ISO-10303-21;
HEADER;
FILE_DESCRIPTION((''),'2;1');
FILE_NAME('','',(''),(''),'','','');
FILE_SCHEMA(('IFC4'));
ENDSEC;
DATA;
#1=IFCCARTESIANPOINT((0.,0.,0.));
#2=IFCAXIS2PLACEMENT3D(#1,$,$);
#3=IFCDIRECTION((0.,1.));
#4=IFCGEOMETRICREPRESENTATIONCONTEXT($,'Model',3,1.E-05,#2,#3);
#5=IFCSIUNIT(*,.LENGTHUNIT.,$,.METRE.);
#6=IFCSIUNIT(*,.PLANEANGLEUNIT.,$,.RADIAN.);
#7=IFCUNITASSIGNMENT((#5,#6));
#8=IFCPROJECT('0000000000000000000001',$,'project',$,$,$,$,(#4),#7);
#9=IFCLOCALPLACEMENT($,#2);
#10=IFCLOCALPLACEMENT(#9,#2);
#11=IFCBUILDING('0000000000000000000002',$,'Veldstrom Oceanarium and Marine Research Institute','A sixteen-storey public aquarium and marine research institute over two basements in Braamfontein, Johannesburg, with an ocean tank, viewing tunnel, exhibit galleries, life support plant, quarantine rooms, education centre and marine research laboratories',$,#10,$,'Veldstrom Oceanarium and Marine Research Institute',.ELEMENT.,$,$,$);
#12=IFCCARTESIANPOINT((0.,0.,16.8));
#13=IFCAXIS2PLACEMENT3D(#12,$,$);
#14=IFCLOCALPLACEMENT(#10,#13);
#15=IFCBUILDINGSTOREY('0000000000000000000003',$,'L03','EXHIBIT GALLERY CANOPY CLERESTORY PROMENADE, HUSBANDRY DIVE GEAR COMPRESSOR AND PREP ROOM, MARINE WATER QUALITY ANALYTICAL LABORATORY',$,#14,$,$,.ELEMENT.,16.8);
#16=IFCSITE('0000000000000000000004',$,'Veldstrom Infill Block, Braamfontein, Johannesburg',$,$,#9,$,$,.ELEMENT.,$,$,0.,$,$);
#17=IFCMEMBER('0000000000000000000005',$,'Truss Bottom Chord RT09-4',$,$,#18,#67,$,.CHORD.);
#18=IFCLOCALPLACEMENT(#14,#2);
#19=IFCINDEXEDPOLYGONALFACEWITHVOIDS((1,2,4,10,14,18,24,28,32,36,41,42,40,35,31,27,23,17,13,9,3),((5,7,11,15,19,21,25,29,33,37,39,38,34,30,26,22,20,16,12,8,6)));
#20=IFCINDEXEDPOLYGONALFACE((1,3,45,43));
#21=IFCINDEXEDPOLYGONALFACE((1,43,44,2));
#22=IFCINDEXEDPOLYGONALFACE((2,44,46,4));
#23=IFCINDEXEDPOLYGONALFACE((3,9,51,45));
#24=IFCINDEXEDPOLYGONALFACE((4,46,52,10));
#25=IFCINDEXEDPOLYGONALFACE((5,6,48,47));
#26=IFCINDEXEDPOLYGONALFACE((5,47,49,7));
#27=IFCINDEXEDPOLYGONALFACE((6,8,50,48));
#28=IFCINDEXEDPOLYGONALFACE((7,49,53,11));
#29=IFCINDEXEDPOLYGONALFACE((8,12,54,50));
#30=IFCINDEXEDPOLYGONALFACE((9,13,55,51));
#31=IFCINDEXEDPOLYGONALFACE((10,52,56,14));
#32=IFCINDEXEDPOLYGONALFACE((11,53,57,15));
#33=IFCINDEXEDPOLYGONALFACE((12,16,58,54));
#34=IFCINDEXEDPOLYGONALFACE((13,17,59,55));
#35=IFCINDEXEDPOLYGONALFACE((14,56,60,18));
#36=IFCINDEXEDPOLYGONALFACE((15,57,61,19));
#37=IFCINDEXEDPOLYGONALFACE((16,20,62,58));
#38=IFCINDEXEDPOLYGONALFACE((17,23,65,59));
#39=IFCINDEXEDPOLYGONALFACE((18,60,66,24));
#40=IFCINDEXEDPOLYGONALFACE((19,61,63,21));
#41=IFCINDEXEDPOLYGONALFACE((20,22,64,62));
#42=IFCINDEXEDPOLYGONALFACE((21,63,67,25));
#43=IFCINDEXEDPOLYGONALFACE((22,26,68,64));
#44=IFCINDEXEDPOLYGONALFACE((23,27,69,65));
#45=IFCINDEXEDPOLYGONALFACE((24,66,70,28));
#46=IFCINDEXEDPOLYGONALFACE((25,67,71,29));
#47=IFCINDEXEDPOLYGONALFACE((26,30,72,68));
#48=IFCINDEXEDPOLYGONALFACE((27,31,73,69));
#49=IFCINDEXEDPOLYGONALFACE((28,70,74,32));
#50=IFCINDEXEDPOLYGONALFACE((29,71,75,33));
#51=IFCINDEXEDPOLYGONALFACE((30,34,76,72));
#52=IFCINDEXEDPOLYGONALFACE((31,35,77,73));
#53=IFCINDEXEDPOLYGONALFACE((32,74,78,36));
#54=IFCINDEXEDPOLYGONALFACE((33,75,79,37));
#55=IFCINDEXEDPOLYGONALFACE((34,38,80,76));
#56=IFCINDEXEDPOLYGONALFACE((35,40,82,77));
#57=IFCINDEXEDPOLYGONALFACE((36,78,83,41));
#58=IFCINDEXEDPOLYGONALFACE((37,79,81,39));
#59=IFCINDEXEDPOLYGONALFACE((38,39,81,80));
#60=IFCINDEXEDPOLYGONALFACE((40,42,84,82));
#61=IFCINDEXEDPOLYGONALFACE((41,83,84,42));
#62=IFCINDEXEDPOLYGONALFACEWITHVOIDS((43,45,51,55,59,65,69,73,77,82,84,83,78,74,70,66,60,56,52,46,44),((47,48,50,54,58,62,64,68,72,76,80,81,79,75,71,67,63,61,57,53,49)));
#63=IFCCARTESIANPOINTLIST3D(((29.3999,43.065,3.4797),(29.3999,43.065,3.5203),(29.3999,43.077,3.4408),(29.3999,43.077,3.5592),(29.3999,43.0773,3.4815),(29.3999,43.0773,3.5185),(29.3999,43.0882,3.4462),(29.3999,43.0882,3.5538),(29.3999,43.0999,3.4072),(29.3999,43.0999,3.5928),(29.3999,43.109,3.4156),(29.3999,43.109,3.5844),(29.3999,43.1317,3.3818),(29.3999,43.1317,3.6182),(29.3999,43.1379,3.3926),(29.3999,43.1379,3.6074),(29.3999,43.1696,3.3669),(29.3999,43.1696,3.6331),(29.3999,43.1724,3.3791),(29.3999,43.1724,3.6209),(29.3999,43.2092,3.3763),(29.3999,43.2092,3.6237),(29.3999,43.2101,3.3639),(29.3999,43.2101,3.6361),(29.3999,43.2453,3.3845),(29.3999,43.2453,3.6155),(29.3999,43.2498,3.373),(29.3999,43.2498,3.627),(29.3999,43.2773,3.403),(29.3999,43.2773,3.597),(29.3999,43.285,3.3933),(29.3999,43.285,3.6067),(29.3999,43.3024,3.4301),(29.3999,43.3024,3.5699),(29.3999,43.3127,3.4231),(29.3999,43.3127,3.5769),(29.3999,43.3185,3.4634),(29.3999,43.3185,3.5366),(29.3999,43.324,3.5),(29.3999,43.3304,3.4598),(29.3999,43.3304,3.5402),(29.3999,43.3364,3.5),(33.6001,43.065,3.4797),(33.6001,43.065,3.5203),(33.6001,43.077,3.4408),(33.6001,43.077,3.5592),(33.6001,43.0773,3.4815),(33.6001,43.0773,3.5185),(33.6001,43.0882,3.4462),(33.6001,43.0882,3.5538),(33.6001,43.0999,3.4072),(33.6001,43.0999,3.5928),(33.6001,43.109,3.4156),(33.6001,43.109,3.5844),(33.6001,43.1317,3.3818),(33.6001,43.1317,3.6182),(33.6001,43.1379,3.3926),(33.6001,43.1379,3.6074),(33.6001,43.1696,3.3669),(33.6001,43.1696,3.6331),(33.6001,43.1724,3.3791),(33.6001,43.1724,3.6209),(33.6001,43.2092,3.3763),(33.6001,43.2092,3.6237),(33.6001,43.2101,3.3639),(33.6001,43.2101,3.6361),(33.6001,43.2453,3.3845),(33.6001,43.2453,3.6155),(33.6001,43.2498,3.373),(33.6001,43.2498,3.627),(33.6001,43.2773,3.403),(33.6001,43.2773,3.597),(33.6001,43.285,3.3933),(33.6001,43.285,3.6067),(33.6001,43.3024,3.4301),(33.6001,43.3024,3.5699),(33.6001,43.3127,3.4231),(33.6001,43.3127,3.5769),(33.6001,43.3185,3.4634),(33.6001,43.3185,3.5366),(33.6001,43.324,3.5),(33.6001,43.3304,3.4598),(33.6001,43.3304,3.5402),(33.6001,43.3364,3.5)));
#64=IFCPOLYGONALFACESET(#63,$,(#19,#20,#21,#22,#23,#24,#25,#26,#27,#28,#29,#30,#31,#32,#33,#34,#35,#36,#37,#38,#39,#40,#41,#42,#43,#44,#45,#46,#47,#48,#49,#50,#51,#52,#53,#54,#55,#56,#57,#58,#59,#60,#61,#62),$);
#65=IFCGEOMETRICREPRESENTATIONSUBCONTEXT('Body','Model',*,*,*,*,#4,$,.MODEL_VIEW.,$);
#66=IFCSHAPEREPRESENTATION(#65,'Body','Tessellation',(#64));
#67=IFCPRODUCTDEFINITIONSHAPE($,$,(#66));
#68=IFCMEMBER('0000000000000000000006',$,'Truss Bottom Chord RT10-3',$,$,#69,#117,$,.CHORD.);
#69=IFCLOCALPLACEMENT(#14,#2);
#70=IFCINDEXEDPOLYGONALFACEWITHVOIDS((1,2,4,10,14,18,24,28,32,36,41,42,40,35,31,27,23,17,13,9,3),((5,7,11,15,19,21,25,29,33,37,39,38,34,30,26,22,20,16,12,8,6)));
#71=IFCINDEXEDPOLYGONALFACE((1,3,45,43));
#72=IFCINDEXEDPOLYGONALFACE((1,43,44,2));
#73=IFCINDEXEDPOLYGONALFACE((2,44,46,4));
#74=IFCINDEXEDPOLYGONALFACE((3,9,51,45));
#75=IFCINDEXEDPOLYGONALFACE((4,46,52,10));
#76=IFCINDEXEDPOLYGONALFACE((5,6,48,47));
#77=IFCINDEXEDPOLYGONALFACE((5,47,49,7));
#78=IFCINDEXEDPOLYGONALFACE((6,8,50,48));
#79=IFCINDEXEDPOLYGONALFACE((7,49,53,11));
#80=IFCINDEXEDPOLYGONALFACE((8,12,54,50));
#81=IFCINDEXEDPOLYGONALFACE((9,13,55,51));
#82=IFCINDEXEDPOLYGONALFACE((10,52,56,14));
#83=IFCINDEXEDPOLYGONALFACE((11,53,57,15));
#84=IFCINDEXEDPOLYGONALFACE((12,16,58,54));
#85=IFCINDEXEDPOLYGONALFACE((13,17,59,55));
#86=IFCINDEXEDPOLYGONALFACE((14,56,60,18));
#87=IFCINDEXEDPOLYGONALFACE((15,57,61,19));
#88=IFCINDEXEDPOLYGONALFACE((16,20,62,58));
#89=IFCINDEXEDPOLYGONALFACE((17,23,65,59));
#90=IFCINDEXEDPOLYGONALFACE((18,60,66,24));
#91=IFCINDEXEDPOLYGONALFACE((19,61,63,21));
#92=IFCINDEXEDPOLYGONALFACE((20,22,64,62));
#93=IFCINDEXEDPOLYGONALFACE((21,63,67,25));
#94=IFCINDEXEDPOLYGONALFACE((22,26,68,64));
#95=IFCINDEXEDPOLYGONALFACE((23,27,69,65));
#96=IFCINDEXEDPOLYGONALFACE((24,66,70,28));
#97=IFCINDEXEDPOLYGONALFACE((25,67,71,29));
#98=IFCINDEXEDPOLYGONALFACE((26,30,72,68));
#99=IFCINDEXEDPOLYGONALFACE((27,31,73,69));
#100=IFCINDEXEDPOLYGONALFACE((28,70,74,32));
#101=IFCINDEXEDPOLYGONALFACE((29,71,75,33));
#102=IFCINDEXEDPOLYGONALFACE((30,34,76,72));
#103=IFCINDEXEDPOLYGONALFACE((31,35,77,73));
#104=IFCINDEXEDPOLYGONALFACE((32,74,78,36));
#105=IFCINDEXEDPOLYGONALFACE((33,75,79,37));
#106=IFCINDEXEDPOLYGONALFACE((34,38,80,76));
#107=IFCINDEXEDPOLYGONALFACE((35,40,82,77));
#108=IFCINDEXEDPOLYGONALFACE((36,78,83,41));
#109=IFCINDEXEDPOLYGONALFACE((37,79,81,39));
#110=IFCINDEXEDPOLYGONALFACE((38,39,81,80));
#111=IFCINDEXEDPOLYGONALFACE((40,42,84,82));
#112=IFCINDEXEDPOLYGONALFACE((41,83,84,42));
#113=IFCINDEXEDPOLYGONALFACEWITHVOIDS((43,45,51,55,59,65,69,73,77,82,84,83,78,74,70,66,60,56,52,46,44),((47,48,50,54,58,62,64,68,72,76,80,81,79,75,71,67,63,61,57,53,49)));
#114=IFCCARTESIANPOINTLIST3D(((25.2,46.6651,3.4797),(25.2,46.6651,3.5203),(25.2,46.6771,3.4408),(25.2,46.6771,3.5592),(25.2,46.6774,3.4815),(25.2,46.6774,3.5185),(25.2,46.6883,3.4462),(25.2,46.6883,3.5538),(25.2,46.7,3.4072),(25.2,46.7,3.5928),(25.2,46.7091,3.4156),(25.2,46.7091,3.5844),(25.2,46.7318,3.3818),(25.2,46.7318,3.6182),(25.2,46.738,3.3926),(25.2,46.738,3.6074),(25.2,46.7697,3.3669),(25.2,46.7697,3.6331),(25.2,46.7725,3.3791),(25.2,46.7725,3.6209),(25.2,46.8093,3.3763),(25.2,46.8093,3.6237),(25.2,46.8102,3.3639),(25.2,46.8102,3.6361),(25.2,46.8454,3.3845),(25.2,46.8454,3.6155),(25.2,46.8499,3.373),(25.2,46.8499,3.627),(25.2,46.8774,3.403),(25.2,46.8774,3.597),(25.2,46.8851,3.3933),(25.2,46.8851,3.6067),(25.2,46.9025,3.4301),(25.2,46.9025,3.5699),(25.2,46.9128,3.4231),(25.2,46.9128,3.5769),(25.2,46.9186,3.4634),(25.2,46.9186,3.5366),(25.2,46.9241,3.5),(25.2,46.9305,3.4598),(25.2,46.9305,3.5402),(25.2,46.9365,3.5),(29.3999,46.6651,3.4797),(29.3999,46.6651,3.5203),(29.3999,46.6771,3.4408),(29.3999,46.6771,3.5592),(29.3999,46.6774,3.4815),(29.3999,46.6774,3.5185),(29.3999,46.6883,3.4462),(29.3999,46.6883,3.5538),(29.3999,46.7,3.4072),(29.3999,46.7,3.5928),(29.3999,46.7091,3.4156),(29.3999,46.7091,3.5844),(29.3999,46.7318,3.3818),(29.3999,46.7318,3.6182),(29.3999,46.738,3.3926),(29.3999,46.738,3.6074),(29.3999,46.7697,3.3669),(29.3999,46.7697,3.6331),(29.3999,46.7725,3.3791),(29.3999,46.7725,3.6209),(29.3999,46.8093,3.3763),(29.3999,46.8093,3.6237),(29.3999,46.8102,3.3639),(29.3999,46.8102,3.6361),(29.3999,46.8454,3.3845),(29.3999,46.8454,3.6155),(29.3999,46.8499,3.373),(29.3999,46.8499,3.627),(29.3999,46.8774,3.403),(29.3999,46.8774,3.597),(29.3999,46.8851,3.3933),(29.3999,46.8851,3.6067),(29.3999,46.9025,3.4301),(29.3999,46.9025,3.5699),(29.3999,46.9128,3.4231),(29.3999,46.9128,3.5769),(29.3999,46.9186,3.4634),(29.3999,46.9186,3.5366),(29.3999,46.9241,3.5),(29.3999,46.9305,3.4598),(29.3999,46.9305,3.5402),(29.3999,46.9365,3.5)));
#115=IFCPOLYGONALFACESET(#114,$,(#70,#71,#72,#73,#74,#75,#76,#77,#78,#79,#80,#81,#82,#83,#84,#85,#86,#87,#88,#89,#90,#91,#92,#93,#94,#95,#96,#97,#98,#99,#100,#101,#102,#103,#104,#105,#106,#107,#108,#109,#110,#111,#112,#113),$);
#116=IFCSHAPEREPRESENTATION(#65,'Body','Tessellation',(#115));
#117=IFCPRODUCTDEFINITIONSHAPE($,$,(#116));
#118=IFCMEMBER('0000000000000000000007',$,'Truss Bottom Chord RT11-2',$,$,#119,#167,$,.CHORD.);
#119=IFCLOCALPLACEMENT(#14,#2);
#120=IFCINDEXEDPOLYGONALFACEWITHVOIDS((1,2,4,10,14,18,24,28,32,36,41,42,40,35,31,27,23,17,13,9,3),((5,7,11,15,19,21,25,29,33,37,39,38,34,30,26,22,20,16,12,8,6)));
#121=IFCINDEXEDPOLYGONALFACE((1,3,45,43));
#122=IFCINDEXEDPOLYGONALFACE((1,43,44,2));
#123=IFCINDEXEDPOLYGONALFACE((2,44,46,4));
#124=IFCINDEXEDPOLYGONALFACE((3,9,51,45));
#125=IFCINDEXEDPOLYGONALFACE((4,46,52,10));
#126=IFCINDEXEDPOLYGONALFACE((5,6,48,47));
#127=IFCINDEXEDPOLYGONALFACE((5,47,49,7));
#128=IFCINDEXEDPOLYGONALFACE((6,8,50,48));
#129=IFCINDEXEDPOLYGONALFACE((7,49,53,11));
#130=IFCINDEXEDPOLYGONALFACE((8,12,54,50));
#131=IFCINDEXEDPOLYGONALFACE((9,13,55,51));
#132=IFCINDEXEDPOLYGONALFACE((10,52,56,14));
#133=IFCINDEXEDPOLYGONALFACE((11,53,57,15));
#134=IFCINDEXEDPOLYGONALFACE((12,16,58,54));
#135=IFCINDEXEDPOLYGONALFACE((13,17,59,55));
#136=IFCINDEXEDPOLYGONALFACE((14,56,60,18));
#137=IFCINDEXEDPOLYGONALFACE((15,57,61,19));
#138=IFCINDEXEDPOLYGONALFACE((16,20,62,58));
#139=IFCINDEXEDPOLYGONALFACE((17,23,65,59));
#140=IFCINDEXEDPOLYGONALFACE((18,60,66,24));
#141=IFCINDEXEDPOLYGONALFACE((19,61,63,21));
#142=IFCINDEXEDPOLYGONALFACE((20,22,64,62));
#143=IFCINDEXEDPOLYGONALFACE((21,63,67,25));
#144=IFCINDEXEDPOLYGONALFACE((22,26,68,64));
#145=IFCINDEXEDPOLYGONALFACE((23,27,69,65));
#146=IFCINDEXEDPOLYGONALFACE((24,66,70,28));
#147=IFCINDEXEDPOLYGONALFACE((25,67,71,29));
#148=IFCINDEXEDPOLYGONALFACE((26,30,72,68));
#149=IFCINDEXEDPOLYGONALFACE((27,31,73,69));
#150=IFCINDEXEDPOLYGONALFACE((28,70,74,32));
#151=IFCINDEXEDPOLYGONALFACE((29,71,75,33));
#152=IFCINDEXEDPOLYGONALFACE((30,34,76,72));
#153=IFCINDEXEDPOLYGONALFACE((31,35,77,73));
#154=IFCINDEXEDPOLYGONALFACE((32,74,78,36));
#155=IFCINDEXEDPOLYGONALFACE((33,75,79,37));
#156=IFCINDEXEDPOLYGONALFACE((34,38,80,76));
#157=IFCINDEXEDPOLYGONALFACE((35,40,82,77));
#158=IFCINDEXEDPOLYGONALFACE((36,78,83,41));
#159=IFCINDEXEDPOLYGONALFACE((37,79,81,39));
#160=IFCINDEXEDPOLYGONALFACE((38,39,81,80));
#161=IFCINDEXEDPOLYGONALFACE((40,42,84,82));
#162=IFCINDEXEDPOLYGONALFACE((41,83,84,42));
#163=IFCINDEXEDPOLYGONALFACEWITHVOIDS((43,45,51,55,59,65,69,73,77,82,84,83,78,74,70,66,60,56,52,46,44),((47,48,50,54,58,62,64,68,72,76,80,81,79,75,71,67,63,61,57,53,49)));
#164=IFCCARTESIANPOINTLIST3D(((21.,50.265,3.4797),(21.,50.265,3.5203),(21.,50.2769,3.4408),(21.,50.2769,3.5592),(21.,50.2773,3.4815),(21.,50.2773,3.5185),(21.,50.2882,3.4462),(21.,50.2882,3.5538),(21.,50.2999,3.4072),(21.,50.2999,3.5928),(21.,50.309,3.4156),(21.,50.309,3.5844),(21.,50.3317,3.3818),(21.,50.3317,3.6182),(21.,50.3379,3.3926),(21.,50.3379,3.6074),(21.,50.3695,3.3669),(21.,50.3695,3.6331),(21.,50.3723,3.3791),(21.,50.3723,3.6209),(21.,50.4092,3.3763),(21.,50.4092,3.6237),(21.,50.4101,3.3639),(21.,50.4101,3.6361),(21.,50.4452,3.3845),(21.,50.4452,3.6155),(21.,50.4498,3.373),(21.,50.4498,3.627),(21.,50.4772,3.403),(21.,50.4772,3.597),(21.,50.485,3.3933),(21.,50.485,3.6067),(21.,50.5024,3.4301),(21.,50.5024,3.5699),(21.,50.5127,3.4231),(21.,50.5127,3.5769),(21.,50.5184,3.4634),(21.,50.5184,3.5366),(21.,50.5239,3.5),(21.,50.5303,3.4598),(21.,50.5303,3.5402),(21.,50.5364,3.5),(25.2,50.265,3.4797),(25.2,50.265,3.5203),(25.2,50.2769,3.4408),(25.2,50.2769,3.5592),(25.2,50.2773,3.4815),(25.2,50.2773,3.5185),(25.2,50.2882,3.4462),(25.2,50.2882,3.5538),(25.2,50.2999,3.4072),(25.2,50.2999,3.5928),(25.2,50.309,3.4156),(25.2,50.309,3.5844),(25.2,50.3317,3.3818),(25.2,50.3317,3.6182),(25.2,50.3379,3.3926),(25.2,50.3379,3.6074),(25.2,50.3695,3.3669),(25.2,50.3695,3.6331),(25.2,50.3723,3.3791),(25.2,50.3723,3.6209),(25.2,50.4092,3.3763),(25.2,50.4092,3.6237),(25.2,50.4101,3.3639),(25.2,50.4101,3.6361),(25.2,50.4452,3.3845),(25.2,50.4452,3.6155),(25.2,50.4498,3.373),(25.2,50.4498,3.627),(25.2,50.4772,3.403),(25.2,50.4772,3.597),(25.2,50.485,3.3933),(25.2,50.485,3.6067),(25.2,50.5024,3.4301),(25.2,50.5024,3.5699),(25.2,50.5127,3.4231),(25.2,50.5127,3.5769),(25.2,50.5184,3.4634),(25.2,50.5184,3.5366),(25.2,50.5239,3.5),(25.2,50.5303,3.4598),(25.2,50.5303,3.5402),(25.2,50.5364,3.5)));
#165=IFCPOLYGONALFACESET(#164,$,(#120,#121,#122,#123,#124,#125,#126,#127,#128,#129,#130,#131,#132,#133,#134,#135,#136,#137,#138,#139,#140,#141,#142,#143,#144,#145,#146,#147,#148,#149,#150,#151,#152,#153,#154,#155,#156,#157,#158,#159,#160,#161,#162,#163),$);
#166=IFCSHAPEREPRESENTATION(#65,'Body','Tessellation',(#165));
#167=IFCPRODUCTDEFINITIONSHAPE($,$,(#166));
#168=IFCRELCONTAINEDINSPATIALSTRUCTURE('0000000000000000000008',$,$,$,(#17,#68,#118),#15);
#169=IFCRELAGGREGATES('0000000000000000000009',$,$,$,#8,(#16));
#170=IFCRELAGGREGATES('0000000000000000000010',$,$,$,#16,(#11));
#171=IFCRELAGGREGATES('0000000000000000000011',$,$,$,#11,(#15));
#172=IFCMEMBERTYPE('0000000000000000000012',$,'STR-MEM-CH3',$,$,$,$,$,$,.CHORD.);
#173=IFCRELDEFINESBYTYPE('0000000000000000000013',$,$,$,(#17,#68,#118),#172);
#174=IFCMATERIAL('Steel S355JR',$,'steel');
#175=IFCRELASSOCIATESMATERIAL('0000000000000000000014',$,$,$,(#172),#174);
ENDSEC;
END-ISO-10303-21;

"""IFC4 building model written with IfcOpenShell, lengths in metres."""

from ifc_helpers import new_model, si_unit, direction, frame, origin, origin_2d, place, context, subcontext, project, spatial, hollow_circle, extrude, material, material_profile, profile_set, type_object, element, save


model = new_model("IFC4")

# Units and contexts
model_context = context("Model", 3, precision=1e-05, world=origin(), true_north=direction((0.0, 1.0)))
body_context = subcontext(model_context, "Body", "Model", "MODEL_VIEW")
ifc_project = project(units=[si_unit("LENGTHUNIT", "METRE"), si_unit("PLANEANGLEUNIT", "RADIAN")], contexts=[model_context])

# Site, building, storey
site_placement = place(None, origin())
site = spatial("IfcSite", under=ifc_project, at=site_placement, Name="Veldstrom Infill Block, Braamfontein, Johannesburg", CompositionType="ELEMENT", RefElevation=0.0)
building_placement = place(site_placement, origin())
building = spatial("IfcBuilding", under=site, at=building_placement, Name="Veldstrom Oceanarium and Marine Research Institute", Description="A sixteen-storey public aquarium and marine research institute over two basements in Braamfontein, Johannesburg, with an ocean tank, viewing tunnel, exhibit galleries, life support plant, quarantine rooms, education centre and marine research laboratories", LongName="Veldstrom Oceanarium and Marine Research Institute", CompositionType="ELEMENT")
storey_placement = place(building_placement, frame((0.0, 0.0, 16.8)))
storey = spatial("IfcBuildingStorey", under=building, at=storey_placement, Name="L03", Description="EXHIBIT GALLERY CANOPY CLERESTORY PROMENADE, HUSBANDRY DIVE GEAR COMPRESSOR AND PREP ROOM, MARINE WATER QUALITY ANALYTICAL LABORATORY", CompositionType="ELEMENT", Elevation=16.8)

# Members
ifc_material_1 = material(Name="Steel S355JR", Category="steel")
ifc_material_profile_1 = material_profile(ifc_material_1, hollow_circle(Radius=0.1365, WallThickness=0.0125, at=origin_2d()), Name="CHS 273x12.5")
ifc_profile_set_1 = profile_set([ifc_material_profile_1], Name="Steel S355JR")
member_type_1 = type_object("IfcMemberType", Name="STR-MEM-CH3", PredefinedType="CHORD", material=ifc_profile_set_1)
member_1_placement = place(storey_placement, frame((29.3999, 43.2, 3.5), z_axis=(1.0, 0.0, 0.0), x_axis=(0.0, 1.0, 0.0)))
element("IfcMember", 1, at=member_1_placement, inside=storey, type_object=member_type_1, Name="Truss Bottom Chord RT09-4", PredefinedType="CHORD", context=body_context, shape_type="SweptSolid", body=[
    extrude(hollow_circle(Radius=0.1365, WallThickness=0.0125, at=origin_2d()), origin(), (0.0, 0.0, 1.0), 4.2002),
])
for number, where, z_axis, x_axis, name in (
    (2, (25.2, 46.8, 3.5), (1.0, 0.0, 0.0), (0.0, 1.0, 0.0), "Truss Bottom Chord RT10-3"),
    (3, (21.0, 50.3999, 3.5), (1.0, 0.0, 0.0), (0.0, 1.0, 0.0), "Truss Bottom Chord RT11-2"),
):
    element("IfcMember", number, at=place(storey_placement, frame(where, z_axis=z_axis, x_axis=x_axis)), inside=storey, type_object=member_type_1, Name=name, PredefinedType="CHORD", context=body_context, shape_type="SweptSolid", body=[
        extrude(hollow_circle(Radius=0.1365, WallThickness=0.0125, at=origin_2d()), origin(), (0.0, 0.0, 1.0), 4.2),
    ])

save(model, "model.ifc")
